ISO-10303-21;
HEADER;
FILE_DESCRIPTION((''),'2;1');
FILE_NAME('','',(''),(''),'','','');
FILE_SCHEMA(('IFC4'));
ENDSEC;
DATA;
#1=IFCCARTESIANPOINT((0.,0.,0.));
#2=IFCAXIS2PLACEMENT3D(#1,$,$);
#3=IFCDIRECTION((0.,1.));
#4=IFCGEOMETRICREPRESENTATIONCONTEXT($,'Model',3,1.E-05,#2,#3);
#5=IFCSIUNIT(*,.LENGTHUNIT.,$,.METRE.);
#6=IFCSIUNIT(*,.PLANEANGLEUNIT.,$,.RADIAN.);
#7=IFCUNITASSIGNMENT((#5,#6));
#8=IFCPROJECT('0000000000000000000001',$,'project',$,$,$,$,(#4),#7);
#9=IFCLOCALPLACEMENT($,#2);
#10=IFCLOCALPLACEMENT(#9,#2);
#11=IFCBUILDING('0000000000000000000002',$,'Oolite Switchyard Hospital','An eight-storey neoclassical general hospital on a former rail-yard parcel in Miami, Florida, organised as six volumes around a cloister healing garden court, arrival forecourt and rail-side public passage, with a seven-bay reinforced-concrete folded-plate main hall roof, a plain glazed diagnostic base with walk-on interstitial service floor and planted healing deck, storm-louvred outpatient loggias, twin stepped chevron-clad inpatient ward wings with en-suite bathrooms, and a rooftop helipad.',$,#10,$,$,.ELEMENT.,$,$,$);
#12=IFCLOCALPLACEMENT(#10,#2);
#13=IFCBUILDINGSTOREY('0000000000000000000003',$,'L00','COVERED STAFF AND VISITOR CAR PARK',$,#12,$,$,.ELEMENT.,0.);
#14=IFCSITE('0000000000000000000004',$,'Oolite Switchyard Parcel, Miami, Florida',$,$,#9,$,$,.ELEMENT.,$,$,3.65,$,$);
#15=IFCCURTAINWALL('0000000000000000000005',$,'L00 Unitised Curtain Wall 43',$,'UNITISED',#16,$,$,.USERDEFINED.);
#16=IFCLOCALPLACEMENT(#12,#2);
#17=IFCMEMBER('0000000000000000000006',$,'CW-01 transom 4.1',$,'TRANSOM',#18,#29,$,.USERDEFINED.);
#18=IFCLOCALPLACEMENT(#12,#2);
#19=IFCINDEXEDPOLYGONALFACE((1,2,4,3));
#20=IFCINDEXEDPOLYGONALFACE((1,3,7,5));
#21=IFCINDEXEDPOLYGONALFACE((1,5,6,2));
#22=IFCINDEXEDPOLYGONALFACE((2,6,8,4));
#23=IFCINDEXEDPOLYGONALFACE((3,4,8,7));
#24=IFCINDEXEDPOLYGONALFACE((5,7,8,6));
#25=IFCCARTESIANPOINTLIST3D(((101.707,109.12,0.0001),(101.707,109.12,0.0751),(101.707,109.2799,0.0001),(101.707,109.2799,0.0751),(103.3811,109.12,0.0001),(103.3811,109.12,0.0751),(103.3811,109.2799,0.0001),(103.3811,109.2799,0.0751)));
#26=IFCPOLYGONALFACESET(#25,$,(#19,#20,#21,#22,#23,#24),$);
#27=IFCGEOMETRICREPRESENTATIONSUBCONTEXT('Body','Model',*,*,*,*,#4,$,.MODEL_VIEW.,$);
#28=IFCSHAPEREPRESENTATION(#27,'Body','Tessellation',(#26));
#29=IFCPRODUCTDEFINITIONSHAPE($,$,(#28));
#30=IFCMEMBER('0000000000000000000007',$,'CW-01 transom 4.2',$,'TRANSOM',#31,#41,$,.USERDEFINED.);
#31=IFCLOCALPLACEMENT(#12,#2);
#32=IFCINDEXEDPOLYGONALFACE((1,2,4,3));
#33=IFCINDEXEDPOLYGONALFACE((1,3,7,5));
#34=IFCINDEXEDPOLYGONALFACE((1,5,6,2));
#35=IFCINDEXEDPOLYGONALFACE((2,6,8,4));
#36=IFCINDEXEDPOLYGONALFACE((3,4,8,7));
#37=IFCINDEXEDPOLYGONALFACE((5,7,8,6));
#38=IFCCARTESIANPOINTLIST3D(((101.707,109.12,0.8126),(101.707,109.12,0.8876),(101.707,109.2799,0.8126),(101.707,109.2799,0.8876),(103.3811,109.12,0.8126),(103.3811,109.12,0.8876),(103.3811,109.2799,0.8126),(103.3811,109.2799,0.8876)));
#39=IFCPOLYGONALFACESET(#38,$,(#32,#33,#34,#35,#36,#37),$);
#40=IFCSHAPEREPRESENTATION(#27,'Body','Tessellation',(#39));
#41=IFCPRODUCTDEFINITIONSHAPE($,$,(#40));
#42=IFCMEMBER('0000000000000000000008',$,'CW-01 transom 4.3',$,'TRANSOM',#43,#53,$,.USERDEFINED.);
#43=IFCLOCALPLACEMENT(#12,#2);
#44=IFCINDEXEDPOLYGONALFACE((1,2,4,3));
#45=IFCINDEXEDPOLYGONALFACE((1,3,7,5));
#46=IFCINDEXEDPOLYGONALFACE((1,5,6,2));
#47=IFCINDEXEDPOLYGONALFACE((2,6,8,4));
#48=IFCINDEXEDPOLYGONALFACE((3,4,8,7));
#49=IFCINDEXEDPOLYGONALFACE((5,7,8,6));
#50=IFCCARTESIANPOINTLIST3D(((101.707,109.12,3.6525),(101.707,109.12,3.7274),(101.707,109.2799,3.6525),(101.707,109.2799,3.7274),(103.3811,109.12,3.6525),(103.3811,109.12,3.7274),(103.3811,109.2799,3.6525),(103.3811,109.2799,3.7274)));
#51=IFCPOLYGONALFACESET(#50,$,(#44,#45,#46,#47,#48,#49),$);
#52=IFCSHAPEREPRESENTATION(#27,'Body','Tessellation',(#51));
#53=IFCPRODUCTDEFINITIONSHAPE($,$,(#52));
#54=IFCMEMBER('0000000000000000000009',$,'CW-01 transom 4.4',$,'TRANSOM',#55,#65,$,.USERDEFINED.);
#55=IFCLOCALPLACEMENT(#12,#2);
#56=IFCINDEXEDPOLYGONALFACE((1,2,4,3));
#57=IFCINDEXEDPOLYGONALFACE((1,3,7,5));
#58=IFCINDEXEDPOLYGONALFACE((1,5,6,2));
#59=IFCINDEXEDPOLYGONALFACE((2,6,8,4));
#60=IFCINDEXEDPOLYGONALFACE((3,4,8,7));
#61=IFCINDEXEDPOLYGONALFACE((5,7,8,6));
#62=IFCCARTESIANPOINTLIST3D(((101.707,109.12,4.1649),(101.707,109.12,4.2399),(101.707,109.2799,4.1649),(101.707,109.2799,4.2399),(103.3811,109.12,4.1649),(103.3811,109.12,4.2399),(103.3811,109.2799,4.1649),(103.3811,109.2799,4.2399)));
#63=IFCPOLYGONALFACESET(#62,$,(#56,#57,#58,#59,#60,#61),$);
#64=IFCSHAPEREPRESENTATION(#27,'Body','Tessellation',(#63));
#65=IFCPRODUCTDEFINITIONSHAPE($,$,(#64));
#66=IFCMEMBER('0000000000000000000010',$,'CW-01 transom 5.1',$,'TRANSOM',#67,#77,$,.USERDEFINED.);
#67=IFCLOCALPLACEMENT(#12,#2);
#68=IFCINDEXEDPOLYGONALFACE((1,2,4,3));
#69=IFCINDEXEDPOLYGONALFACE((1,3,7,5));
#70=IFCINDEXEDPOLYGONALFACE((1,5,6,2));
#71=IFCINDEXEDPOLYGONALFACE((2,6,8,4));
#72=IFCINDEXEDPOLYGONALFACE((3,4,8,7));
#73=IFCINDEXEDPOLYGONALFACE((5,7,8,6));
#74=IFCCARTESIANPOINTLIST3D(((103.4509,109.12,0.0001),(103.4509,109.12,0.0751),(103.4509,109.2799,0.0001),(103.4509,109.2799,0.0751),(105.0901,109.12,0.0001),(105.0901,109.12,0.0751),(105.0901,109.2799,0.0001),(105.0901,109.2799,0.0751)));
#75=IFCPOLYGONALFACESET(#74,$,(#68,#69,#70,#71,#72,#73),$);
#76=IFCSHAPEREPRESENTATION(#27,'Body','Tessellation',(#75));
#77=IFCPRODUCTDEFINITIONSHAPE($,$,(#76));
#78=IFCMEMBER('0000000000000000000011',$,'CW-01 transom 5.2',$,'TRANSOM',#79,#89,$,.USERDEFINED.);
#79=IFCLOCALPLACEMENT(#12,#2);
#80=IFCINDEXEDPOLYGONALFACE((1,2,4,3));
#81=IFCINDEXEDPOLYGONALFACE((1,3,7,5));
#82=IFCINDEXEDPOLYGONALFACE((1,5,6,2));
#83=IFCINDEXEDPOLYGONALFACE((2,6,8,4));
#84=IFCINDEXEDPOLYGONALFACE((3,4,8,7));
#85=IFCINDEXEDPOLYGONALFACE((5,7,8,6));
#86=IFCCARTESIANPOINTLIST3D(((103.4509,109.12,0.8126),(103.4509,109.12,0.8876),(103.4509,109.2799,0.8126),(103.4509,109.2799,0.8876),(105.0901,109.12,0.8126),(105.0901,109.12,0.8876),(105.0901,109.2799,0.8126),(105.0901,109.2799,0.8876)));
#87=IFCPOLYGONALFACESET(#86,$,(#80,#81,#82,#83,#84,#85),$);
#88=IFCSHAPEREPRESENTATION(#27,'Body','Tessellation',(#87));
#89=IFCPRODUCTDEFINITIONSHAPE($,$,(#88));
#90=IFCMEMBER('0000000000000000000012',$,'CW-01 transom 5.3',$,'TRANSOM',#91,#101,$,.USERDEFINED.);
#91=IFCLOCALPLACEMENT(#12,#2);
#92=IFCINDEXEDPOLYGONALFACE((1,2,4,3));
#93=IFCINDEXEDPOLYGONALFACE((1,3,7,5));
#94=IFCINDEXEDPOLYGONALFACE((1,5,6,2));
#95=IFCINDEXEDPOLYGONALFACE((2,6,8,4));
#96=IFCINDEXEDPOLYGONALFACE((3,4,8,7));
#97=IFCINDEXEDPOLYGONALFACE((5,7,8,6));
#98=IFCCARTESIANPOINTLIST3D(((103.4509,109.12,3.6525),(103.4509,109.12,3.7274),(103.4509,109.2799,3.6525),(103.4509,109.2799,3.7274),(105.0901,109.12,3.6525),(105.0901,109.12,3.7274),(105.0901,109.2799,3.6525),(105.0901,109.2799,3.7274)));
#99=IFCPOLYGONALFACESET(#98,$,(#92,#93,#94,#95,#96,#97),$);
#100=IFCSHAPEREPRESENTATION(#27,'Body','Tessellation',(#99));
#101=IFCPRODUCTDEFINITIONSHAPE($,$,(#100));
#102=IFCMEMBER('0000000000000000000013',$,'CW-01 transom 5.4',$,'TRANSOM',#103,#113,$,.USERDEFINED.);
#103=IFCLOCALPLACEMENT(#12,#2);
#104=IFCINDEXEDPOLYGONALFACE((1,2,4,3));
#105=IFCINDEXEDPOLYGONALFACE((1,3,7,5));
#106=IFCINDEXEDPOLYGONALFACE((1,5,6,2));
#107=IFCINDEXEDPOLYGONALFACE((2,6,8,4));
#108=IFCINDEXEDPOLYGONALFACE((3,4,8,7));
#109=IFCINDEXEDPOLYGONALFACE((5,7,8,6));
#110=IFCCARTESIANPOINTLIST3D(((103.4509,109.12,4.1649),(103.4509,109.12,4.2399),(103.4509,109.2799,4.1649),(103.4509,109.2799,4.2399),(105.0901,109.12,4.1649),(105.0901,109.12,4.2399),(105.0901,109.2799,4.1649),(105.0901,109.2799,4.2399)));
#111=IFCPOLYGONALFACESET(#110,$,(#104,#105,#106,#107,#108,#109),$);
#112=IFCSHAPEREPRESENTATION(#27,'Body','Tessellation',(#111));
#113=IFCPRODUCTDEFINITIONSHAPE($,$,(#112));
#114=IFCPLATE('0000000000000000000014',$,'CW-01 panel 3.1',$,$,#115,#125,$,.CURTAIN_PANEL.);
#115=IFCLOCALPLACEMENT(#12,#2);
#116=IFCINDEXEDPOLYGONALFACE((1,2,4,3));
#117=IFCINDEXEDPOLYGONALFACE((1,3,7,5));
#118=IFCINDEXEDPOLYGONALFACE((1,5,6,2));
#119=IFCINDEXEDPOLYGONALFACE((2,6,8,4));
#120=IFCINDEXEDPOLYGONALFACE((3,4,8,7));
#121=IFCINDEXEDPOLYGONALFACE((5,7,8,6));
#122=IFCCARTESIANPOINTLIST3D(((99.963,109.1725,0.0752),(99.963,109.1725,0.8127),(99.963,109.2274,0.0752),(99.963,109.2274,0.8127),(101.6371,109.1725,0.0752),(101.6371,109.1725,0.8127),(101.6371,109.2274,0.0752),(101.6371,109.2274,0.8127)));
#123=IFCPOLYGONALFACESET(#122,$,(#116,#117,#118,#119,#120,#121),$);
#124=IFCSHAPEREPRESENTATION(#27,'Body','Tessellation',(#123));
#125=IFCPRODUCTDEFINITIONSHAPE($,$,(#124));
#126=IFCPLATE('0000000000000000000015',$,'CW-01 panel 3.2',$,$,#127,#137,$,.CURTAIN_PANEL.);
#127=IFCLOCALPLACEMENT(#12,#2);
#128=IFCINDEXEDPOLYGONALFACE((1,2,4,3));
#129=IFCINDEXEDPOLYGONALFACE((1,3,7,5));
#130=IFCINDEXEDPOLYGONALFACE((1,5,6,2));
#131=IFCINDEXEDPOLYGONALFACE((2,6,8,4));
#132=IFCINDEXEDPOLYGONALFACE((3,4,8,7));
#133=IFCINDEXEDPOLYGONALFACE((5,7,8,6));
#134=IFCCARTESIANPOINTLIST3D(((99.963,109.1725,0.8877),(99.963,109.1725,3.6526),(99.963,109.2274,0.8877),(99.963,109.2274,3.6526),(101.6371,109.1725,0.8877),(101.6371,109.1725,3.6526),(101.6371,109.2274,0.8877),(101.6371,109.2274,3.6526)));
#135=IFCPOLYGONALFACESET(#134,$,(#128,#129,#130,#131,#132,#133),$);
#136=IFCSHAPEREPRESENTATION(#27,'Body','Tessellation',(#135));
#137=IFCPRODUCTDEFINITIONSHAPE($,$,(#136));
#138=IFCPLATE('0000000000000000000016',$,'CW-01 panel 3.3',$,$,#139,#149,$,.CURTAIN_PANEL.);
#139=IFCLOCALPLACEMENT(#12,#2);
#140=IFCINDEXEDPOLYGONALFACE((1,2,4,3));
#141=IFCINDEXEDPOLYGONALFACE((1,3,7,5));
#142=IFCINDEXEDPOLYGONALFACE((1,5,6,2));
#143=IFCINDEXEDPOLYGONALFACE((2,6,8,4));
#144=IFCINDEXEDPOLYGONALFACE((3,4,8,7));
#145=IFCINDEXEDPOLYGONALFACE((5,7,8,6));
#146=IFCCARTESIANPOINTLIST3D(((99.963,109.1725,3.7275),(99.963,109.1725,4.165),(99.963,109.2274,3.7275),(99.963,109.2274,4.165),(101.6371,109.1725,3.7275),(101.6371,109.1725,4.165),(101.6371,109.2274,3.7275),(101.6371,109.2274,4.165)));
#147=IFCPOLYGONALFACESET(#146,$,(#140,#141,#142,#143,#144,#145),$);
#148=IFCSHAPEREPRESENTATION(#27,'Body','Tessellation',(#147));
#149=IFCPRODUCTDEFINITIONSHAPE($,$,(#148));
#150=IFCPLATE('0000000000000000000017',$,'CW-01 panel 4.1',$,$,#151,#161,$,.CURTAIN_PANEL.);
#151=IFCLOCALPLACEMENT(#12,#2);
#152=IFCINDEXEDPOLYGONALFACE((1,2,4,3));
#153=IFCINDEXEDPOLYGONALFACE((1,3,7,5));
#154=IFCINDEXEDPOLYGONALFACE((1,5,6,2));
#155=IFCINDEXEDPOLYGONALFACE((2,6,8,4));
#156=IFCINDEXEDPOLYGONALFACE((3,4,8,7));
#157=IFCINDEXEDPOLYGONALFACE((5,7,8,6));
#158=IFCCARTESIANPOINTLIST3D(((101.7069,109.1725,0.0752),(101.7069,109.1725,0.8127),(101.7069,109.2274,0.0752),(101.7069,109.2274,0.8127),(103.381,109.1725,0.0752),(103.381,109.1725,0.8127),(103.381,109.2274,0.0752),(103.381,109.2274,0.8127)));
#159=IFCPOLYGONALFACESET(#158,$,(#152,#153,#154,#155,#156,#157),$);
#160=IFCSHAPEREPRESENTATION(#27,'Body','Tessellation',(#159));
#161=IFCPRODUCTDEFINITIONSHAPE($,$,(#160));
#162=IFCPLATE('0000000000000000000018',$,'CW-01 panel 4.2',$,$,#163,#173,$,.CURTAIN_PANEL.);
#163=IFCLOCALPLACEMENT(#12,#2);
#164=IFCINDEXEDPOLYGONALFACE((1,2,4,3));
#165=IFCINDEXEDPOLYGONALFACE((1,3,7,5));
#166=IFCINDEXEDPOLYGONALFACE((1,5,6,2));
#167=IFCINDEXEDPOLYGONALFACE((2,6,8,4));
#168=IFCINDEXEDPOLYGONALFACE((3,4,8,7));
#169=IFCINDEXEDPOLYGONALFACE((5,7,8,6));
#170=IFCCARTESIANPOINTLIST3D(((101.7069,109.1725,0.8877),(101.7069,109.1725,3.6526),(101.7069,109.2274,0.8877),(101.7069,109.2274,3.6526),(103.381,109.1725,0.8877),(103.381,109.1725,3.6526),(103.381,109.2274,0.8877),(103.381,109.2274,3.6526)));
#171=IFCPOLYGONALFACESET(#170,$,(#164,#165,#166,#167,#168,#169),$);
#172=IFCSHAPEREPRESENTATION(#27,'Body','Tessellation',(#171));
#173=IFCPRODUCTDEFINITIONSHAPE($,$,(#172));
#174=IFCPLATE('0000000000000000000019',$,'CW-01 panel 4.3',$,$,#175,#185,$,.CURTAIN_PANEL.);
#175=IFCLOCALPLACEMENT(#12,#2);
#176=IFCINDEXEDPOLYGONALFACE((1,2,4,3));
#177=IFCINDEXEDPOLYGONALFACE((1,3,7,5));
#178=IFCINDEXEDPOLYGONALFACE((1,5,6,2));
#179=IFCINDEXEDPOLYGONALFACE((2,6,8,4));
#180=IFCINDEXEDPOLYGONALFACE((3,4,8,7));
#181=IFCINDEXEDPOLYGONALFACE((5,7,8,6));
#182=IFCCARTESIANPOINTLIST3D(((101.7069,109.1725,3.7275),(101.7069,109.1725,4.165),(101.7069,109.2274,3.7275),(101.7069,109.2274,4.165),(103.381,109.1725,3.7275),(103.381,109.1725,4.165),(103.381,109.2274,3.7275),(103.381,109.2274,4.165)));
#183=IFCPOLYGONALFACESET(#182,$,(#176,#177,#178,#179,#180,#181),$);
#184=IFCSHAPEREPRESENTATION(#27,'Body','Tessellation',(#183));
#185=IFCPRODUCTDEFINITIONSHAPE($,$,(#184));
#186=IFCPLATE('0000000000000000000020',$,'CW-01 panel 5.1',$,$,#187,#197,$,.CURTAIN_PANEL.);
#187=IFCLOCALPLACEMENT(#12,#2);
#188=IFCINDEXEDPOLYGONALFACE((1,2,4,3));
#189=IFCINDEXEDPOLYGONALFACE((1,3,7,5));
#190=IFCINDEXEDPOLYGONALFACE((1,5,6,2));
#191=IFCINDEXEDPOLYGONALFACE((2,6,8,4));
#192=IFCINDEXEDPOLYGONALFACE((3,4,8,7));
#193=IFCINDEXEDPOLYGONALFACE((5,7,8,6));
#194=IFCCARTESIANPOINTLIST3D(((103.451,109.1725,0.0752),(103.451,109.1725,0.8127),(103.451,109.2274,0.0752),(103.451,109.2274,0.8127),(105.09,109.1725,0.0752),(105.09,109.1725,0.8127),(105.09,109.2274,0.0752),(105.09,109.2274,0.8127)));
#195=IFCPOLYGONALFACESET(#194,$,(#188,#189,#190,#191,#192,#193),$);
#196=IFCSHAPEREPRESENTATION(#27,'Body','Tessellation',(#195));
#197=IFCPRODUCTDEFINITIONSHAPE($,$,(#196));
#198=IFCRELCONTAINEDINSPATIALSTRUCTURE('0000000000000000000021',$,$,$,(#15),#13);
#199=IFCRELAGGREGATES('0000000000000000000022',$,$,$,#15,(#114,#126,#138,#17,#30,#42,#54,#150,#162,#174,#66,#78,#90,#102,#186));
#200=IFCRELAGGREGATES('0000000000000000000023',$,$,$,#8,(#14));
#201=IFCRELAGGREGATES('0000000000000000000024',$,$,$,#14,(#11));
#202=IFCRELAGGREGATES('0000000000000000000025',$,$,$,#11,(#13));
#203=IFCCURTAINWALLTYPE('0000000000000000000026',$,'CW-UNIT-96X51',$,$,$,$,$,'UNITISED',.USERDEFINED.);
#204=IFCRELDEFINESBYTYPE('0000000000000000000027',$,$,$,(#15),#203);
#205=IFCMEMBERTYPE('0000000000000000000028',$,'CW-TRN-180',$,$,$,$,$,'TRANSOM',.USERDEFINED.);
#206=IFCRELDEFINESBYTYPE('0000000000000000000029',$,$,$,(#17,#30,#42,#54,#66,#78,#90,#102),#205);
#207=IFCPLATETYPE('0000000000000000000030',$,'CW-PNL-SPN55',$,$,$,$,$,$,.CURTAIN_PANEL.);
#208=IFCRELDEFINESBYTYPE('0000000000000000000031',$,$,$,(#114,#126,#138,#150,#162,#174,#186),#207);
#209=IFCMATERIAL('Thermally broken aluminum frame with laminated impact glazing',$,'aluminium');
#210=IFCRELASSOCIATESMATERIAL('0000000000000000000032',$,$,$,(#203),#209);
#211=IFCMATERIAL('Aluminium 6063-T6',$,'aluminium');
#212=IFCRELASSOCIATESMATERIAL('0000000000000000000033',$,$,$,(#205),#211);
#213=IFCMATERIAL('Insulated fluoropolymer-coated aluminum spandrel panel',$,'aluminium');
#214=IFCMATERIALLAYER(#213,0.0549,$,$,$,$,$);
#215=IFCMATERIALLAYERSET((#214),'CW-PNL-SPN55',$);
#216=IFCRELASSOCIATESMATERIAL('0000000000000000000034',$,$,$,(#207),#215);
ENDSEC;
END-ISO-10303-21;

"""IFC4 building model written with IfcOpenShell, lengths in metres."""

from ifc_helpers import new_model, si_unit, direction, frame, origin, origin_2d, place, context, subcontext, project, spatial, rectangle, extrude, material, layer, layer_set, material_profile, profile_set, type_object, element, aggregate, save


model = new_model("IFC4")

# Units and contexts
model_context = context("Model", 3, precision=1e-05, world=origin(), true_north=direction((0.0, 1.0)))
body_context = subcontext(model_context, "Body", "Model", "MODEL_VIEW")
ifc_project = project(units=[si_unit("LENGTHUNIT", "METRE"), si_unit("PLANEANGLEUNIT", "RADIAN")], contexts=[model_context])

# Site, building, storey
site_placement = place(None, origin())
site = spatial("IfcSite", under=ifc_project, at=site_placement, Name="Oolite Switchyard Parcel, Miami, Florida", CompositionType="ELEMENT", RefElevation=3.65)
building_placement = place(site_placement, origin())
building = spatial("IfcBuilding", under=site, at=building_placement, Name="Oolite Switchyard Hospital", Description="An eight-storey neoclassical general hospital on a former rail-yard parcel in Miami, Florida, organised as six volumes around a cloister healing garden court, arrival forecourt and rail-side public passage, with a seven-bay reinforced-concrete folded-plate main hall roof, a plain glazed diagnostic base with walk-on interstitial service floor and planted healing deck, storm-louvred outpatient loggias, twin stepped chevron-clad inpatient ward wings with en-suite bathrooms, and a rooftop helipad.", CompositionType="ELEMENT")
storey_placement = place(building_placement, origin())
storey = spatial("IfcBuildingStorey", under=building, at=storey_placement, Name="L00", Description="COVERED STAFF AND VISITOR CAR PARK", CompositionType="ELEMENT", Elevation=0.0)

# Curtain wall, members, plates
ifc_material_1 = material(Name="Thermally broken aluminum frame with laminated impact glazing", Category="aluminium")
curtain_wall_type = type_object("IfcCurtainWallType", Name="CW-UNIT-96X51", ElementType="UNITISED", PredefinedType="USERDEFINED", material=ifc_material_1)
curtain_wall_placement = place(storey_placement, origin())
curtain_wall = element("IfcCurtainWall", 1, at=curtain_wall_placement, inside=storey, type_object=curtain_wall_type, Name="L00 Unitised Curtain Wall 43", ObjectType="UNITISED", PredefinedType="USERDEFINED")
ifc_material_2 = material(Name="Aluminium 6063-T6", Category="aluminium")
ifc_material_profile_1 = material_profile(ifc_material_2, rectangle(XDim=0.1599, YDim=0.075, at=origin_2d()), Name="CWT75X160")
ifc_profile_set_1 = profile_set([ifc_material_profile_1], Name="Aluminium 6063-T6")
member_type_1 = type_object("IfcMemberType", Name="CW-TRN-180", ElementType="TRANSOM", PredefinedType="USERDEFINED", material=ifc_profile_set_1)
member_1_placement = place(storey_placement, frame((101.707, 109.2, 0.0376), z_axis=(1.0, 0.0, 0.0), x_axis=(0.0, 1.0, 0.0)))
member_1 = element("IfcMember", 2, at=member_1_placement, type_object=member_type_1, Name="CW-01 transom 4.1", ObjectType="TRANSOM", PredefinedType="USERDEFINED", context=body_context, shape_type="SweptSolid", body=[
    extrude(rectangle(XDim=0.1599, YDim=0.075, at=origin_2d()), origin(), (0.0, 0.0, 1.0), 1.6741),
])
member_2_placement = place(storey_placement, frame((101.707, 109.2, 0.8501), z_axis=(1.0, 0.0, 0.0), x_axis=(0.0, 1.0, 0.0)))
member_2 = element("IfcMember", 3, at=member_2_placement, type_object=member_type_1, Name="CW-01 transom 4.2", ObjectType="TRANSOM", PredefinedType="USERDEFINED", context=body_context, shape_type="SweptSolid", body=[
    extrude(rectangle(XDim=0.1599, YDim=0.075, at=origin_2d()), origin(), (0.0, 0.0, 1.0), 1.6741),
])
member_3_placement = place(storey_placement, frame((101.707, 109.2, 3.6899), z_axis=(1.0, 0.0, 0.0), x_axis=(0.0, 1.0, 0.0)))
member_3 = element("IfcMember", 4, at=member_3_placement, type_object=member_type_1, Name="CW-01 transom 4.3", ObjectType="TRANSOM", PredefinedType="USERDEFINED", context=body_context, shape_type="SweptSolid", body=[
    extrude(rectangle(XDim=0.1599, YDim=0.075, at=origin_2d()), origin(), (0.0, 0.0, 1.0), 1.6741),
])
member_4_placement = place(storey_placement, frame((101.707, 109.2, 4.2024), z_axis=(1.0, 0.0, 0.0), x_axis=(0.0, 1.0, 0.0)))
member_4 = element("IfcMember", 5, at=member_4_placement, type_object=member_type_1, Name="CW-01 transom 4.4", ObjectType="TRANSOM", PredefinedType="USERDEFINED", context=body_context, shape_type="SweptSolid", body=[
    extrude(rectangle(XDim=0.1599, YDim=0.075, at=origin_2d()), origin(), (0.0, 0.0, 1.0), 1.6741),
])
member_5_placement = place(storey_placement, frame((103.4509, 109.2, 0.0376), z_axis=(1.0, 0.0, 0.0), x_axis=(0.0, 1.0, 0.0)))
member_5 = element("IfcMember", 6, at=member_5_placement, type_object=member_type_1, Name="CW-01 transom 5.1", ObjectType="TRANSOM", PredefinedType="USERDEFINED", context=body_context, shape_type="SweptSolid", body=[
    extrude(rectangle(XDim=0.1599, YDim=0.075, at=origin_2d()), origin(), (0.0, 0.0, 1.0), 1.6392),
])
member_6_placement = place(storey_placement, frame((103.4509, 109.2, 0.8501), z_axis=(1.0, 0.0, 0.0), x_axis=(0.0, 1.0, 0.0)))
member_6 = element("IfcMember", 7, at=member_6_placement, type_object=member_type_1, Name="CW-01 transom 5.2", ObjectType="TRANSOM", PredefinedType="USERDEFINED", context=body_context, shape_type="SweptSolid", body=[
    extrude(rectangle(XDim=0.1599, YDim=0.075, at=origin_2d()), origin(), (0.0, 0.0, 1.0), 1.6392),
])
member_7_placement = place(storey_placement, frame((103.4509, 109.2, 3.6899), z_axis=(1.0, 0.0, 0.0), x_axis=(0.0, 1.0, 0.0)))
member_7 = element("IfcMember", 8, at=member_7_placement, type_object=member_type_1, Name="CW-01 transom 5.3", ObjectType="TRANSOM", PredefinedType="USERDEFINED", context=body_context, shape_type="SweptSolid", body=[
    extrude(rectangle(XDim=0.1599, YDim=0.075, at=origin_2d()), origin(), (0.0, 0.0, 1.0), 1.6392),
])
member_8_placement = place(storey_placement, frame((103.4509, 109.2, 4.2024), z_axis=(1.0, 0.0, 0.0), x_axis=(0.0, 1.0, 0.0)))
member_8 = element("IfcMember", 9, at=member_8_placement, type_object=member_type_1, Name="CW-01 transom 5.4", ObjectType="TRANSOM", PredefinedType="USERDEFINED", context=body_context, shape_type="SweptSolid", body=[
    extrude(rectangle(XDim=0.1599, YDim=0.075, at=origin_2d()), origin(), (0.0, 0.0, 1.0), 1.6392),
])
ifc_material_3 = material(Name="Insulated fluoropolymer-coated aluminum spandrel panel", Category="aluminium")
ifc_layer = layer(ifc_material_3, 0.0549)
ifc_layer_set = layer_set([ifc_layer], Name="CW-PNL-SPN55")
plate_type = type_object("IfcPlateType", Name="CW-PNL-SPN55", PredefinedType="CURTAIN_PANEL", material=ifc_layer_set)
plate_1_placement = place(storey_placement, frame((100.8, 109.2, 0.0752), z_axis=(0.0, 0.0, 1.0), x_axis=(1.0, 0.0, 0.0)))
plate_1 = element("IfcPlate", 10, at=plate_1_placement, type_object=plate_type, Name="CW-01 panel 3.1", PredefinedType="CURTAIN_PANEL", context=body_context, shape_type="SweptSolid", body=[
    extrude(rectangle(XDim=1.6741, YDim=0.0549, at=origin_2d()), origin(), (0.0, 0.0, 1.0), 0.7375),
])
plate_2_placement = place(storey_placement, frame((100.8, 109.2, 0.8877), z_axis=(0.0, 0.0, 1.0), x_axis=(1.0, 0.0, 0.0)))
plate_2 = element("IfcPlate", 11, at=plate_2_placement, type_object=plate_type, Name="CW-01 panel 3.2", PredefinedType="CURTAIN_PANEL", context=body_context, shape_type="SweptSolid", body=[
    extrude(rectangle(XDim=1.6741, YDim=0.0549, at=origin_2d()), origin(), (0.0, 0.0, 1.0), 2.7649),
])
plate_3_placement = place(storey_placement, frame((100.8, 109.2, 3.7275), z_axis=(0.0, 0.0, 1.0), x_axis=(1.0, 0.0, 0.0)))
plate_3 = element("IfcPlate", 12, at=plate_3_placement, type_object=plate_type, Name="CW-01 panel 3.3", PredefinedType="CURTAIN_PANEL", context=body_context, shape_type="SweptSolid", body=[
    extrude(rectangle(XDim=1.6741, YDim=0.0549, at=origin_2d()), origin(), (0.0, 0.0, 1.0), 0.4375),
])
plate_4_placement = place(storey_placement, frame((102.5439, 109.2, 0.0752), z_axis=(0.0, 0.0, 1.0), x_axis=(1.0, 0.0, 0.0)))
plate_4 = element("IfcPlate", 13, at=plate_4_placement, type_object=plate_type, Name="CW-01 panel 4.1", PredefinedType="CURTAIN_PANEL", context=body_context, shape_type="SweptSolid", body=[
    extrude(rectangle(XDim=1.6741, YDim=0.0549, at=origin_2d()), origin(), (0.0, 0.0, 1.0), 0.7375),
])
plate_5_placement = place(storey_placement, frame((102.5439, 109.2, 0.8877), z_axis=(0.0, 0.0, 1.0), x_axis=(1.0, 0.0, 0.0)))
plate_5 = element("IfcPlate", 14, at=plate_5_placement, type_object=plate_type, Name="CW-01 panel 4.2", PredefinedType="CURTAIN_PANEL", context=body_context, shape_type="SweptSolid", body=[
    extrude(rectangle(XDim=1.6741, YDim=0.0549, at=origin_2d()), origin(), (0.0, 0.0, 1.0), 2.7649),
])
plate_6_placement = place(storey_placement, frame((102.5439, 109.2, 3.7275), z_axis=(0.0, 0.0, 1.0), x_axis=(1.0, 0.0, 0.0)))
plate_6 = element("IfcPlate", 15, at=plate_6_placement, type_object=plate_type, Name="CW-01 panel 4.3", PredefinedType="CURTAIN_PANEL", context=body_context, shape_type="SweptSolid", body=[
    extrude(rectangle(XDim=1.6741, YDim=0.0549, at=origin_2d()), origin(), (0.0, 0.0, 1.0), 0.4375),
])
plate_7_placement = place(storey_placement, frame((104.2705, 109.2, 0.0752), z_axis=(0.0, 0.0, 1.0), x_axis=(1.0, 0.0, 0.0)))
plate_7 = element("IfcPlate", 16, at=plate_7_placement, type_object=plate_type, Name="CW-01 panel 5.1", PredefinedType="CURTAIN_PANEL", context=body_context, shape_type="SweptSolid", body=[
    extrude(rectangle(XDim=1.6389, YDim=0.0549, at=origin_2d()), origin(), (0.0, 0.0, 1.0), 0.7375),
])
aggregate(curtain_wall, [plate_1, plate_2, plate_3, member_1, member_2, member_3, member_4, plate_4, plate_5, plate_6, member_5, member_6, member_7, member_8, plate_7])

save(model, "model.ifc")
